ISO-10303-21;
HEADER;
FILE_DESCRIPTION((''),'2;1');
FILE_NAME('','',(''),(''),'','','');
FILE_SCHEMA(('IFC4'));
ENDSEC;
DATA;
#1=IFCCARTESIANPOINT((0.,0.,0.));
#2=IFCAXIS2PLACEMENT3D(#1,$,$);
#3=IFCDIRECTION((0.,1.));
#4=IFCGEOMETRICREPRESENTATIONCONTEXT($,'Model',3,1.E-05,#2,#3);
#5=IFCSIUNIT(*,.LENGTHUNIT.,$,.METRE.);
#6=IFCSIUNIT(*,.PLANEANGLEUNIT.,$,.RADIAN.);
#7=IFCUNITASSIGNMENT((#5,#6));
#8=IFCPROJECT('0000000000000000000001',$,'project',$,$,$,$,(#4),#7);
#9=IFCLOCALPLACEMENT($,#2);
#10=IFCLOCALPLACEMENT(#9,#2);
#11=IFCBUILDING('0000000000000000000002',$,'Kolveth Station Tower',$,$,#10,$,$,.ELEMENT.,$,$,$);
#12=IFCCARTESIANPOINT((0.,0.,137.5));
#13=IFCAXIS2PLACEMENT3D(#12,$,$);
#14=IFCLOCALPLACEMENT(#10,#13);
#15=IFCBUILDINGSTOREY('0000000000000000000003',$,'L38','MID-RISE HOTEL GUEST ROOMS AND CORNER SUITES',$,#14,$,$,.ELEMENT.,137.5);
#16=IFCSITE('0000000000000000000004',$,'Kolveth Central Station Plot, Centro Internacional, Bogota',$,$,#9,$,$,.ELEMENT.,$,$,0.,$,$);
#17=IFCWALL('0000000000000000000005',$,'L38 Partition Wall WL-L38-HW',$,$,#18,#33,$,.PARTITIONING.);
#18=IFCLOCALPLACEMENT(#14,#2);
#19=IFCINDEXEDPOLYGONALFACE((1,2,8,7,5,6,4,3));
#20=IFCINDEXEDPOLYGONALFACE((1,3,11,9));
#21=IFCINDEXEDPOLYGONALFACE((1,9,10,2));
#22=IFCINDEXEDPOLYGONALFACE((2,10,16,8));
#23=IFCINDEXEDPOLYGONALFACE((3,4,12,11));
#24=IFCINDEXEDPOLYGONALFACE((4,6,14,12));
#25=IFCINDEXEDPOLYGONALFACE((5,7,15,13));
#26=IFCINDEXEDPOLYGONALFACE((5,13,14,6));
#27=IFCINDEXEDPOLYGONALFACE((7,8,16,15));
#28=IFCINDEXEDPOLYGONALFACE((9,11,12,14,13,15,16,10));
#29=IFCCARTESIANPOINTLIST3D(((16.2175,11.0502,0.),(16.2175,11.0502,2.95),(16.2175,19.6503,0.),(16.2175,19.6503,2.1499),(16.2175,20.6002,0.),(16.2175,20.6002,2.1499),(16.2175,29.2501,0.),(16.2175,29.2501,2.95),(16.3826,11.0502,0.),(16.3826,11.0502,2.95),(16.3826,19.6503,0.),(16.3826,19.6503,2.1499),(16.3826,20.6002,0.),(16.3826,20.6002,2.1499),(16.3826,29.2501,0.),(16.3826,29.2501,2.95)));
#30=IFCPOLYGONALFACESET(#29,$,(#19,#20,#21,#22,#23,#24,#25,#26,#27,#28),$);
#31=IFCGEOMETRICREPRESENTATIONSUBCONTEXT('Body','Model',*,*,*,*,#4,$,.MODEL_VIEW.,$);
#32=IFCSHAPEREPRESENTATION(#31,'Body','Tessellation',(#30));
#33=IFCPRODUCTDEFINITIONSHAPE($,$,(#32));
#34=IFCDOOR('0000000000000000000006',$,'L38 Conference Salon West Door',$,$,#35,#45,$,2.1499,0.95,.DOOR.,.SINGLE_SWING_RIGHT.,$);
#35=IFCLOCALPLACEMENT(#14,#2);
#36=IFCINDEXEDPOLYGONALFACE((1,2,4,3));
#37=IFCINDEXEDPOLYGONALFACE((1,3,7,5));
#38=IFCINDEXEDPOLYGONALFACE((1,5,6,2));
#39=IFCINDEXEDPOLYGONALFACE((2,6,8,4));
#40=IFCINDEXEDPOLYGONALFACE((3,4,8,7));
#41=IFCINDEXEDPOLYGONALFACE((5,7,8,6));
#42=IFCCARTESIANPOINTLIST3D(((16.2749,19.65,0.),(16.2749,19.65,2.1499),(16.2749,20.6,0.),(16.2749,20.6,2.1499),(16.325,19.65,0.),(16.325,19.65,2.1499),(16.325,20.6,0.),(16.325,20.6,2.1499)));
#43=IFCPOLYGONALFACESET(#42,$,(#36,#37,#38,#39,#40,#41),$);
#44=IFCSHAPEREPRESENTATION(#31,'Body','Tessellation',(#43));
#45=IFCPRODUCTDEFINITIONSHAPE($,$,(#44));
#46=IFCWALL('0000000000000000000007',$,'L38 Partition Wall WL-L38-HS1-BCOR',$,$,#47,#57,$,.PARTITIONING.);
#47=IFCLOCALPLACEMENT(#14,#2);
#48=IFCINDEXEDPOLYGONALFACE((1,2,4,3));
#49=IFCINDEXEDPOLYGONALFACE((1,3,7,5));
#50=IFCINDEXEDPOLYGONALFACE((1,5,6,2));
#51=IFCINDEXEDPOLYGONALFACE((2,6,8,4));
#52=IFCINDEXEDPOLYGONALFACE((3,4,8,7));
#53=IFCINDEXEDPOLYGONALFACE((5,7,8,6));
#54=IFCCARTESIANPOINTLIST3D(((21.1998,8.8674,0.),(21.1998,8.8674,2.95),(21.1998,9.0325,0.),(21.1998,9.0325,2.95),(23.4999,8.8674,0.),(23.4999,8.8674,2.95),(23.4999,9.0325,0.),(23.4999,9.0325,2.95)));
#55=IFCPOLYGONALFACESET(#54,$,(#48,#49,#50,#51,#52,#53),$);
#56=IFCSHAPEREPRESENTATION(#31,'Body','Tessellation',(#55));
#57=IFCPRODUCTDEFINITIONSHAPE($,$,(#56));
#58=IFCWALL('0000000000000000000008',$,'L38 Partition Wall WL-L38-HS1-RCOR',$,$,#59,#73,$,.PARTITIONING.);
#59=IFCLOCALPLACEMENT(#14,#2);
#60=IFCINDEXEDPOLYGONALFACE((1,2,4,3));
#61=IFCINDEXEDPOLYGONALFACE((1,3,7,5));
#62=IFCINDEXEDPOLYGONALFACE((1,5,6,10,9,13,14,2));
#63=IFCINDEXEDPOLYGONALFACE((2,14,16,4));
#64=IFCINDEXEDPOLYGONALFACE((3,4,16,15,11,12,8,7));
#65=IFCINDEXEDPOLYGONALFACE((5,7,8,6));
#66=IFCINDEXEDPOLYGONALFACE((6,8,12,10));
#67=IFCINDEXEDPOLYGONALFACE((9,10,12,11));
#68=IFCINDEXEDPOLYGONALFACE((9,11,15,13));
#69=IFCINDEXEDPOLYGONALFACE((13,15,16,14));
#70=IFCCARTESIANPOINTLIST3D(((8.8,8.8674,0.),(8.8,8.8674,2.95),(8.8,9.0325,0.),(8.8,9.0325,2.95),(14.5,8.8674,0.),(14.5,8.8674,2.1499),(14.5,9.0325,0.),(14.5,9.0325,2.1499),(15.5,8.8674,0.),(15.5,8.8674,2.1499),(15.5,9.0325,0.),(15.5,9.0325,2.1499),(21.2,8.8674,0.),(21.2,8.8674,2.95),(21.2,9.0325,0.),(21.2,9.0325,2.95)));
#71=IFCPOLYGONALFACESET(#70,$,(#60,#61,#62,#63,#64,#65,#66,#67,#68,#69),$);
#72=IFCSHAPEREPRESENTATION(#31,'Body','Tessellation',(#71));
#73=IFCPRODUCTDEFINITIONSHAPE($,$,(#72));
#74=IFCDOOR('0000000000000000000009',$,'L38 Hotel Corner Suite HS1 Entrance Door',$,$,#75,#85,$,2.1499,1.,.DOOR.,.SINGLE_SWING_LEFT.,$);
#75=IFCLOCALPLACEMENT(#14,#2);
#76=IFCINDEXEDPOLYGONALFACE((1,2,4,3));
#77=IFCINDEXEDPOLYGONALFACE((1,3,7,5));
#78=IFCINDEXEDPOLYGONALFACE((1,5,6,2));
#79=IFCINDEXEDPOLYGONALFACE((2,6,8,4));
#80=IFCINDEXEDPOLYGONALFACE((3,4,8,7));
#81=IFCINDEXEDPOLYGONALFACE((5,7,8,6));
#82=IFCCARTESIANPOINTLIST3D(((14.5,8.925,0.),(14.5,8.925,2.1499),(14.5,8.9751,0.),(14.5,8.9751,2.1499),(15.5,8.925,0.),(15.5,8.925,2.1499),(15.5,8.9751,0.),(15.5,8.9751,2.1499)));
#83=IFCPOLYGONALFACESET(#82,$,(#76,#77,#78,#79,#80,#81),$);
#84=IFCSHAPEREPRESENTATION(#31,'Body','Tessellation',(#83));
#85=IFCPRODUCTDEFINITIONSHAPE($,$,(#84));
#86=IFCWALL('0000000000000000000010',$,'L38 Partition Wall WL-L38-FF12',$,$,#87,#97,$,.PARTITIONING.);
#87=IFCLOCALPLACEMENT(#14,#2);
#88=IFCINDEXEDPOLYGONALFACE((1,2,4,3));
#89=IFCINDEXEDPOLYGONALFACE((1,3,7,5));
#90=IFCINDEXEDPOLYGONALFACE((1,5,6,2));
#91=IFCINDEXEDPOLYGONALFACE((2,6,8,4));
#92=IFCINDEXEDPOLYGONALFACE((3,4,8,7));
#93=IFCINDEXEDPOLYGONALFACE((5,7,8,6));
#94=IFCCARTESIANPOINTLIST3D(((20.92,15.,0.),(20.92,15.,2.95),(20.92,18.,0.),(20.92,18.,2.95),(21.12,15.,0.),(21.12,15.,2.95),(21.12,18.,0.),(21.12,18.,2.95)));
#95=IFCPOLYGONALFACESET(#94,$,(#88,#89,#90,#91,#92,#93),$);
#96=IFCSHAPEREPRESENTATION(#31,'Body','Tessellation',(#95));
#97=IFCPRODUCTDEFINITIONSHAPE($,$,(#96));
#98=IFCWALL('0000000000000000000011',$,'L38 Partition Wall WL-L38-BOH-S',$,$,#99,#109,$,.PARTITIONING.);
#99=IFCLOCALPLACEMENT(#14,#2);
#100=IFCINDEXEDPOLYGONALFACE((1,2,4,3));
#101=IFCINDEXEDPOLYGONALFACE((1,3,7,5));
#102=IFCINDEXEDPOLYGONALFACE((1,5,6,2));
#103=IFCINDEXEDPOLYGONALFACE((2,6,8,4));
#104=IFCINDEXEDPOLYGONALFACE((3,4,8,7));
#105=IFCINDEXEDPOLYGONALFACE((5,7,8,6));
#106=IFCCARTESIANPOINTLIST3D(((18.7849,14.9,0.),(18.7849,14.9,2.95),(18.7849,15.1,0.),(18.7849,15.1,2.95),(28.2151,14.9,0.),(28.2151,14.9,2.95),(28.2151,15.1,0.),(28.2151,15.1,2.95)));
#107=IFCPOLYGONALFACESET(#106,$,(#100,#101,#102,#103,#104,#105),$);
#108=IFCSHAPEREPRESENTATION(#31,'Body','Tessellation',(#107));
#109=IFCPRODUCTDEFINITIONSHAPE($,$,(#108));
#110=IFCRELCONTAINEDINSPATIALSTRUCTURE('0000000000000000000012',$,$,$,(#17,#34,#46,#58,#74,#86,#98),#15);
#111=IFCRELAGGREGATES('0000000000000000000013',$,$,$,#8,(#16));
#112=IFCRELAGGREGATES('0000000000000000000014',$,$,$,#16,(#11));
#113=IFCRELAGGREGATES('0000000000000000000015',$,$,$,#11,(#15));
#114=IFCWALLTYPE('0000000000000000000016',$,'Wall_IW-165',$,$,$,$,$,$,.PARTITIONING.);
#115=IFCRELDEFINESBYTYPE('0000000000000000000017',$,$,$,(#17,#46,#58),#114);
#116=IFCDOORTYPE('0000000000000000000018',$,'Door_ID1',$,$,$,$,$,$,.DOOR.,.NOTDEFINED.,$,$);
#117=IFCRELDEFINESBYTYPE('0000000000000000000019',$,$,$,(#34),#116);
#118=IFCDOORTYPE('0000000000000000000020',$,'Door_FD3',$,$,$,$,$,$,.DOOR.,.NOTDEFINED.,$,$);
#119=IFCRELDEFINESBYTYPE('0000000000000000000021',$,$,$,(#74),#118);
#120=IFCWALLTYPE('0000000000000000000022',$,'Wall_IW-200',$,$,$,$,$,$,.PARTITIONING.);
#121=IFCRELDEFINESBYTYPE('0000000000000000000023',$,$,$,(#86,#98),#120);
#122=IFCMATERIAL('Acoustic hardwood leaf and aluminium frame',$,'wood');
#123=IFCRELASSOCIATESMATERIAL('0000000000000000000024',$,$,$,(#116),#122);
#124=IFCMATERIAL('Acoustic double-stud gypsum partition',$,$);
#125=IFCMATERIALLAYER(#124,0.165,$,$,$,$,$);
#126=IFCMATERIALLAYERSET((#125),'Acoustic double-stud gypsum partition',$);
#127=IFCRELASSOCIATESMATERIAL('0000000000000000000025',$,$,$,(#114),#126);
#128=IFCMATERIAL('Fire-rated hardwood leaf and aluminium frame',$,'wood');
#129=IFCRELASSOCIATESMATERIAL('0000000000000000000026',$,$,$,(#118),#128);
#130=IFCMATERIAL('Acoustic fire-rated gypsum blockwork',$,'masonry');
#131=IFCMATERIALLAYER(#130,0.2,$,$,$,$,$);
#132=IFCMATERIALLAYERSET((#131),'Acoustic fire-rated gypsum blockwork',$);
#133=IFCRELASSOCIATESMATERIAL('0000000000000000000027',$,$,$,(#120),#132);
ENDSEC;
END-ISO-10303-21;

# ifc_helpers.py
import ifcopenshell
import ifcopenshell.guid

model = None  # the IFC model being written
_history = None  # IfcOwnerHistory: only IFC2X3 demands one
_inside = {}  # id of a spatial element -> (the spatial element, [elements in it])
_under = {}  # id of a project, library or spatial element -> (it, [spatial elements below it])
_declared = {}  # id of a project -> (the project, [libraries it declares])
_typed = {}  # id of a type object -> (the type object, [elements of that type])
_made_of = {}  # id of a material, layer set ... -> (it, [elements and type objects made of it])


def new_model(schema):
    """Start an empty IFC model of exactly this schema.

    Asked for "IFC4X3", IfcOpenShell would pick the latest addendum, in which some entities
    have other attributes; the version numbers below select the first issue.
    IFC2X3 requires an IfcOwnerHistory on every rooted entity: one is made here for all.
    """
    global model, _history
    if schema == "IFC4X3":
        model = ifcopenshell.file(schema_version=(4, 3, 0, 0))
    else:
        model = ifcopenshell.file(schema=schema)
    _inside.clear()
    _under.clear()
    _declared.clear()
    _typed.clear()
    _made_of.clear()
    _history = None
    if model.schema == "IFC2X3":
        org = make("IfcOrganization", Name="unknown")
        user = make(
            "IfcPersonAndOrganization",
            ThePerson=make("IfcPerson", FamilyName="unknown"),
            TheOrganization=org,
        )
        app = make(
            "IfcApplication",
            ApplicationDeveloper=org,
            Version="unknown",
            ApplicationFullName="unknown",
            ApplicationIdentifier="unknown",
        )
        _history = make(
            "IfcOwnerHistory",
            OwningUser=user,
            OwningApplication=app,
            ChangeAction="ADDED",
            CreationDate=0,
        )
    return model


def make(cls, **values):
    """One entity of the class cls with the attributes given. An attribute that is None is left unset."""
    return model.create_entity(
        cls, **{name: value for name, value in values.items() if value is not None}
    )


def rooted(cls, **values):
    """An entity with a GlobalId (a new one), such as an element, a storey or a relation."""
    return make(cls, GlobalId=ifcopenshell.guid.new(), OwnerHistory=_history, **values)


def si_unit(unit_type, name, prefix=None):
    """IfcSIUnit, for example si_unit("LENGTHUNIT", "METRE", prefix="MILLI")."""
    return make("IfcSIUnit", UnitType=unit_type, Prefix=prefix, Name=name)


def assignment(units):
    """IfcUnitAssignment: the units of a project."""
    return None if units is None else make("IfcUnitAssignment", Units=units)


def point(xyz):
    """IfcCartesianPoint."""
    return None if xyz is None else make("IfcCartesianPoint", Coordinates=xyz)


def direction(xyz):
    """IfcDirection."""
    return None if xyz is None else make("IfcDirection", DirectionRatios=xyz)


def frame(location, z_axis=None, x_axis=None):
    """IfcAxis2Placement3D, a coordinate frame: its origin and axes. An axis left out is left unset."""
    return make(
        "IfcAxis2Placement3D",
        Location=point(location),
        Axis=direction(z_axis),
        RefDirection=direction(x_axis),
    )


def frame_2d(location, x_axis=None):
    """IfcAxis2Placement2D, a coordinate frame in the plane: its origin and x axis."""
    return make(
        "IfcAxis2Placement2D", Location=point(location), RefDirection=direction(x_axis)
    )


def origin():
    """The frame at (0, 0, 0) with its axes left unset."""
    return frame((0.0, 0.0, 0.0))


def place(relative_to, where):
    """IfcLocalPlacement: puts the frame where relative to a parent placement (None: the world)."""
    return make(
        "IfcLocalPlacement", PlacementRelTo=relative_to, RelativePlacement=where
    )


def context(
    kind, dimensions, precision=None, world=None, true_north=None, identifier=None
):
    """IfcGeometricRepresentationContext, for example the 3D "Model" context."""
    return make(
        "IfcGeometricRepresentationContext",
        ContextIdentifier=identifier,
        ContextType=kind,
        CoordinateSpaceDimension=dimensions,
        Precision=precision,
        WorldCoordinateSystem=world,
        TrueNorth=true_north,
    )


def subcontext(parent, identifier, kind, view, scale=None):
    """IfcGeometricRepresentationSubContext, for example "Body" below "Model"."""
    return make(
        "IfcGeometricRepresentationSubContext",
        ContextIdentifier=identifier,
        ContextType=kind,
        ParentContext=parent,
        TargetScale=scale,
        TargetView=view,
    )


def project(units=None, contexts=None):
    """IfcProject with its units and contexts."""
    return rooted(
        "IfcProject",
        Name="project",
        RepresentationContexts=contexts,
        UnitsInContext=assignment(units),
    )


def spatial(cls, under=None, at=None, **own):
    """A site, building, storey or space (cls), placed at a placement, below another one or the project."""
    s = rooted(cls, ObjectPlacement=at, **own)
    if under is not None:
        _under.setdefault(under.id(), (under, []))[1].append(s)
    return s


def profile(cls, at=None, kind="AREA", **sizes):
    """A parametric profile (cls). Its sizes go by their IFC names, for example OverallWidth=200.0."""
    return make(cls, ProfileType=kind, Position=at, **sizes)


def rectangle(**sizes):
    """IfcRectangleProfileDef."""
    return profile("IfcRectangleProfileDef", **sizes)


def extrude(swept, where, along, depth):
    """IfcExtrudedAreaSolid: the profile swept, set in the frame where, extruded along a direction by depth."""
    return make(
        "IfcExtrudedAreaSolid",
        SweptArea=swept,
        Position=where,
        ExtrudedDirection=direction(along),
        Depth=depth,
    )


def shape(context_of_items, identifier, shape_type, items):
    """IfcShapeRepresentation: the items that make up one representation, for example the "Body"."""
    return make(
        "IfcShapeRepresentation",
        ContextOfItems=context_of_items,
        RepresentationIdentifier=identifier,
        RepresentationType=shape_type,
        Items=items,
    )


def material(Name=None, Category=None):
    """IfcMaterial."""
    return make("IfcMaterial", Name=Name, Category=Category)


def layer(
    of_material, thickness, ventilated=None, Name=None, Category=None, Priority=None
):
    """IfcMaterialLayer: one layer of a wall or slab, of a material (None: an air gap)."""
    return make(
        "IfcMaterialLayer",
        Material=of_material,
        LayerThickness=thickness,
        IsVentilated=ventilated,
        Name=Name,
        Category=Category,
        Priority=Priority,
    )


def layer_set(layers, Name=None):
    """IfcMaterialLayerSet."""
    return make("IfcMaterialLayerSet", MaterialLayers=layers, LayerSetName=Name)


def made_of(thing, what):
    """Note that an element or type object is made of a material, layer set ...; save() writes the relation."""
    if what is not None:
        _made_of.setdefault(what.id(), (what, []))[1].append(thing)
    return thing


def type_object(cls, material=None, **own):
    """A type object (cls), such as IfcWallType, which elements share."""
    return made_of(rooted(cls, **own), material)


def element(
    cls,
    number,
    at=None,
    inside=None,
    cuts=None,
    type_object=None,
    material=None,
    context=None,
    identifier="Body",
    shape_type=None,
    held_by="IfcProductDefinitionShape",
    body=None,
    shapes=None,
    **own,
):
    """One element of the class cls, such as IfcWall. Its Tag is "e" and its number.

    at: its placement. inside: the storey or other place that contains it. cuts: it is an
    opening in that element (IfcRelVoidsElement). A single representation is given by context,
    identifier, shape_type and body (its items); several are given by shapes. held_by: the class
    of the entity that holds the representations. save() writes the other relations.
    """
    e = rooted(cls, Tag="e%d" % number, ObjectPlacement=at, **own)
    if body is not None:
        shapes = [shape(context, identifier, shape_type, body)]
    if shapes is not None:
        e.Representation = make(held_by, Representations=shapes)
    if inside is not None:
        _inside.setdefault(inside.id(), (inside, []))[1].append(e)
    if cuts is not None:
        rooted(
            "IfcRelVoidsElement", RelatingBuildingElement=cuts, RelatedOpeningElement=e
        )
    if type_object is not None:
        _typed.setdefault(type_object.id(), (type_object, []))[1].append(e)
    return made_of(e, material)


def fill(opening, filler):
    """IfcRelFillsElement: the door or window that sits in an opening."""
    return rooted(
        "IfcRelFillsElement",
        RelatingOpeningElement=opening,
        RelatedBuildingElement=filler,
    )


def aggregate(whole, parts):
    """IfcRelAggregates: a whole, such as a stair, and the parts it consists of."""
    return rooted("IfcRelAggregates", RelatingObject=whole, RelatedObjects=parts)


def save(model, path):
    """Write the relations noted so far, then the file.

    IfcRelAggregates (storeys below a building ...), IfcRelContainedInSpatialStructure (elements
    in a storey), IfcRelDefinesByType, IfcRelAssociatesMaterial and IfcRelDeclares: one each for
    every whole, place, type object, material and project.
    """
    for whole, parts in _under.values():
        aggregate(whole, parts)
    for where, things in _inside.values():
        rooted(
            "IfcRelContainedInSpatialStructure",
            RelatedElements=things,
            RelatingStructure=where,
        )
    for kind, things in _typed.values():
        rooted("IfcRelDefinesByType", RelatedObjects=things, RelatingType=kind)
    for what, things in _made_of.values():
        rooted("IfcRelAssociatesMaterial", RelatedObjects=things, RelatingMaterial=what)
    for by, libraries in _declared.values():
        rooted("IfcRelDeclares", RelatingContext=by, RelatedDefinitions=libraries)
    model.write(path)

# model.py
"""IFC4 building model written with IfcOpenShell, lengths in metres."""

from ifc_helpers import new_model, si_unit, direction, frame, frame_2d, origin, place, context, subcontext, project, spatial, rectangle, extrude, material, layer, layer_set, type_object, element, fill, save


model = new_model("IFC4")

# Units and contexts
model_context = context("Model", 3, precision=1e-05, world=origin(), true_north=direction((0.0, 1.0)))
body_context = subcontext(model_context, "Body", "Model", "MODEL_VIEW")
ifc_project = project(units=[si_unit("LENGTHUNIT", "METRE"), si_unit("PLANEANGLEUNIT", "RADIAN")], contexts=[model_context])

# Site, building, storey
site_placement = place(None, origin())
site = spatial("IfcSite", under=ifc_project, at=site_placement, Name="Kolveth Central Station Plot, Centro Internacional, Bogota", CompositionType="ELEMENT", RefElevation=0.0)
building_placement = place(site_placement, origin())
building = spatial("IfcBuilding", under=site, at=building_placement, Name="Kolveth Station Tower", CompositionType="ELEMENT")
storey_placement = place(building_placement, frame((0.0, 0.0, 137.5)))
storey = spatial("IfcBuildingStorey", under=building, at=storey_placement, Name="L38", Description="MID-RISE HOTEL GUEST ROOMS AND CORNER SUITES", CompositionType="ELEMENT", Elevation=137.5)

# Shared definitions
ifc_material_1 = material(Name="Acoustic hardwood leaf and aluminium frame", Category="wood")
door_type_1 = type_object("IfcDoorType", Name="Door_ID1", OperationType="NOTDEFINED", PredefinedType="DOOR", material=ifc_material_1)

# Shared definitions
ifc_material_2 = material(Name="Acoustic double-stud gypsum partition")
ifc_layer_1 = layer(ifc_material_2, 0.165)
ifc_layer_set_1 = layer_set([ifc_layer_1], Name="Acoustic double-stud gypsum partition")
wall_type_1 = type_object("IfcWallType", Name="Wall_IW-165", PredefinedType="PARTITIONING", material=ifc_layer_set_1)

# Wall, opening, door
wall_1_placement = place(storey_placement, frame((16.3, 11.05, 0.0), z_axis=(0.0, 0.0, 1.0), x_axis=(0.0, 1.0, 0.0)))
wall_1 = element("IfcWall", 1, at=wall_1_placement, inside=storey, type_object=wall_type_1, Name="L38 Partition Wall WL-L38-HW", PredefinedType="PARTITIONING", context=body_context, shape_type="SweptSolid", body=[
    extrude(rectangle(XDim=18.2, YDim=0.165, at=frame_2d((9.1001, 0.0))), origin(), (0.0, 0.0, 1.0), 2.95),
])
opening_1_placement = place(wall_1_placement, frame((8.6001, 0.0, 0.0)))
opening_1 = element("IfcOpeningElement", 2, at=opening_1_placement, cuts=wall_1, PredefinedType="OPENING", context=body_context, shape_type="SweptSolid", body=[
    extrude(rectangle(XDim=0.95, YDim=2.1499, at=frame_2d((0.4751, 1.075))), frame((0.0, 0.0925, 0.0), z_axis=(0.0, -1.0, 0.0), x_axis=(1.0, 0.0, 0.0)), (0.0, 0.0, 1.0), 0.1851),
])
door_1_placement = place(opening_1_placement, frame((0.95, 0.0, 0.0), z_axis=(0.0, 0.0, 1.0), x_axis=(-1.0, 0.0, 0.0)))
door_1 = element("IfcDoor", 3, at=door_1_placement, inside=storey, type_object=door_type_1, Name="L38 Conference Salon West Door", OperationType="SINGLE_SWING_RIGHT", OverallHeight=2.1499, OverallWidth=0.95, PredefinedType="DOOR", context=body_context, shape_type="SweptSolid", body=[
    extrude(rectangle(XDim=0.95, YDim=2.1499, at=frame_2d((0.4751, 1.075))), frame((0.0, 0.0249, 0.0), z_axis=(0.0, -1.0, 0.0), x_axis=(1.0, 0.0, 0.0)), (0.0, 0.0, 1.0), 0.05),
])
fill(opening_1, door_1)

# Wall
wall_2_placement = place(storey_placement, frame((21.2, 8.95, 0.0), z_axis=(0.0, 0.0, 1.0), x_axis=(1.0, 0.0, 0.0)))
element("IfcWall", 4, at=wall_2_placement, inside=storey, type_object=wall_type_1, Name="L38 Partition Wall WL-L38-HS1-BCOR", PredefinedType="PARTITIONING", context=body_context, shape_type="SweptSolid", body=[
    extrude(rectangle(XDim=2.3, YDim=0.165, at=frame_2d((1.1499, 0.0))), origin(), (0.0, 0.0, 1.0), 2.95),
])

# Wall, opening, door
wall_3_placement = place(storey_placement, frame((8.8, 8.95, 0.0), z_axis=(0.0, 0.0, 1.0), x_axis=(1.0, 0.0, 0.0)))
wall_3 = element("IfcWall", 5, at=wall_3_placement, inside=storey, type_object=wall_type_1, Name="L38 Partition Wall WL-L38-HS1-RCOR", PredefinedType="PARTITIONING", context=body_context, shape_type="SweptSolid", body=[
    extrude(rectangle(XDim=12.3999, YDim=0.165, at=frame_2d((6.2, 0.0))), origin(), (0.0, 0.0, 1.0), 2.95),
])
opening_2_placement = place(wall_3_placement, frame((5.7, 0.0, 0.0)))
opening_2 = element("IfcOpeningElement", 6, at=opening_2_placement, cuts=wall_3, PredefinedType="OPENING", context=body_context, shape_type="SweptSolid", body=[
    extrude(rectangle(XDim=1.0, YDim=2.1499, at=frame_2d((0.5, 1.075))), frame((0.0, 0.0925, 0.0), z_axis=(0.0, -1.0, 0.0), x_axis=(1.0, 0.0, 0.0)), (0.0, 0.0, 1.0), 0.1851),
])
ifc_material_3 = material(Name="Fire-rated hardwood leaf and aluminium frame", Category="wood")
door_type_2 = type_object("IfcDoorType", Name="Door_FD3", OperationType="NOTDEFINED", PredefinedType="DOOR", material=ifc_material_3)
door_2_placement = place(opening_2_placement, frame((1.0, 0.0, 0.0), z_axis=(0.0, 0.0, 1.0), x_axis=(-1.0, 0.0, 0.0)))
door_2 = element("IfcDoor", 7, at=door_2_placement, inside=storey, type_object=door_type_2, Name="L38 Hotel Corner Suite HS1 Entrance Door", OperationType="SINGLE_SWING_LEFT", OverallHeight=2.1499, OverallWidth=1.0, PredefinedType="DOOR", context=body_context, shape_type="SweptSolid", body=[
    extrude(rectangle(XDim=1.0, YDim=2.1499, at=frame_2d((0.5, 1.075))), frame((0.0, 0.0249, 0.0), z_axis=(0.0, -1.0, 0.0), x_axis=(1.0, 0.0, 0.0)), (0.0, 0.0, 1.0), 0.05),
])
fill(opening_2, door_2)

# Walls
ifc_material_4 = material(Name="Acoustic fire-rated gypsum blockwork", Category="masonry")
ifc_layer_2 = layer(ifc_material_4, 0.2)
ifc_layer_set_2 = layer_set([ifc_layer_2], Name="Acoustic fire-rated gypsum blockwork")
wall_type_2 = type_object("IfcWallType", Name="Wall_IW-200", PredefinedType="PARTITIONING", material=ifc_layer_set_2)
wall_4_placement = place(storey_placement, frame((21.02, 15.0, 0.0), z_axis=(0.0, 0.0, 1.0), x_axis=(0.0, 1.0, 0.0)))
element("IfcWall", 8, at=wall_4_placement, inside=storey, type_object=wall_type_2, Name="L38 Partition Wall WL-L38-FF12", PredefinedType="PARTITIONING", context=body_context, shape_type="SweptSolid", body=[
    extrude(rectangle(XDim=3.0, YDim=0.2, at=frame_2d((1.5, 0.0))), origin(), (0.0, 0.0, 1.0), 2.95),
])
wall_5_placement = place(storey_placement, frame((18.7849, 15.0, 0.0), z_axis=(0.0, 0.0, 1.0), x_axis=(1.0, 0.0, 0.0)))
element("IfcWall", 9, at=wall_5_placement, inside=storey, type_object=wall_type_2, Name="L38 Partition Wall WL-L38-BOH-S", PredefinedType="PARTITIONING", context=body_context, shape_type="SweptSolid", body=[
    extrude(rectangle(XDim=9.4302, YDim=0.2, at=frame_2d((4.7151, 0.0))), origin(), (0.0, 0.0, 1.0), 2.95),
])

save(model, "model.ifc")
